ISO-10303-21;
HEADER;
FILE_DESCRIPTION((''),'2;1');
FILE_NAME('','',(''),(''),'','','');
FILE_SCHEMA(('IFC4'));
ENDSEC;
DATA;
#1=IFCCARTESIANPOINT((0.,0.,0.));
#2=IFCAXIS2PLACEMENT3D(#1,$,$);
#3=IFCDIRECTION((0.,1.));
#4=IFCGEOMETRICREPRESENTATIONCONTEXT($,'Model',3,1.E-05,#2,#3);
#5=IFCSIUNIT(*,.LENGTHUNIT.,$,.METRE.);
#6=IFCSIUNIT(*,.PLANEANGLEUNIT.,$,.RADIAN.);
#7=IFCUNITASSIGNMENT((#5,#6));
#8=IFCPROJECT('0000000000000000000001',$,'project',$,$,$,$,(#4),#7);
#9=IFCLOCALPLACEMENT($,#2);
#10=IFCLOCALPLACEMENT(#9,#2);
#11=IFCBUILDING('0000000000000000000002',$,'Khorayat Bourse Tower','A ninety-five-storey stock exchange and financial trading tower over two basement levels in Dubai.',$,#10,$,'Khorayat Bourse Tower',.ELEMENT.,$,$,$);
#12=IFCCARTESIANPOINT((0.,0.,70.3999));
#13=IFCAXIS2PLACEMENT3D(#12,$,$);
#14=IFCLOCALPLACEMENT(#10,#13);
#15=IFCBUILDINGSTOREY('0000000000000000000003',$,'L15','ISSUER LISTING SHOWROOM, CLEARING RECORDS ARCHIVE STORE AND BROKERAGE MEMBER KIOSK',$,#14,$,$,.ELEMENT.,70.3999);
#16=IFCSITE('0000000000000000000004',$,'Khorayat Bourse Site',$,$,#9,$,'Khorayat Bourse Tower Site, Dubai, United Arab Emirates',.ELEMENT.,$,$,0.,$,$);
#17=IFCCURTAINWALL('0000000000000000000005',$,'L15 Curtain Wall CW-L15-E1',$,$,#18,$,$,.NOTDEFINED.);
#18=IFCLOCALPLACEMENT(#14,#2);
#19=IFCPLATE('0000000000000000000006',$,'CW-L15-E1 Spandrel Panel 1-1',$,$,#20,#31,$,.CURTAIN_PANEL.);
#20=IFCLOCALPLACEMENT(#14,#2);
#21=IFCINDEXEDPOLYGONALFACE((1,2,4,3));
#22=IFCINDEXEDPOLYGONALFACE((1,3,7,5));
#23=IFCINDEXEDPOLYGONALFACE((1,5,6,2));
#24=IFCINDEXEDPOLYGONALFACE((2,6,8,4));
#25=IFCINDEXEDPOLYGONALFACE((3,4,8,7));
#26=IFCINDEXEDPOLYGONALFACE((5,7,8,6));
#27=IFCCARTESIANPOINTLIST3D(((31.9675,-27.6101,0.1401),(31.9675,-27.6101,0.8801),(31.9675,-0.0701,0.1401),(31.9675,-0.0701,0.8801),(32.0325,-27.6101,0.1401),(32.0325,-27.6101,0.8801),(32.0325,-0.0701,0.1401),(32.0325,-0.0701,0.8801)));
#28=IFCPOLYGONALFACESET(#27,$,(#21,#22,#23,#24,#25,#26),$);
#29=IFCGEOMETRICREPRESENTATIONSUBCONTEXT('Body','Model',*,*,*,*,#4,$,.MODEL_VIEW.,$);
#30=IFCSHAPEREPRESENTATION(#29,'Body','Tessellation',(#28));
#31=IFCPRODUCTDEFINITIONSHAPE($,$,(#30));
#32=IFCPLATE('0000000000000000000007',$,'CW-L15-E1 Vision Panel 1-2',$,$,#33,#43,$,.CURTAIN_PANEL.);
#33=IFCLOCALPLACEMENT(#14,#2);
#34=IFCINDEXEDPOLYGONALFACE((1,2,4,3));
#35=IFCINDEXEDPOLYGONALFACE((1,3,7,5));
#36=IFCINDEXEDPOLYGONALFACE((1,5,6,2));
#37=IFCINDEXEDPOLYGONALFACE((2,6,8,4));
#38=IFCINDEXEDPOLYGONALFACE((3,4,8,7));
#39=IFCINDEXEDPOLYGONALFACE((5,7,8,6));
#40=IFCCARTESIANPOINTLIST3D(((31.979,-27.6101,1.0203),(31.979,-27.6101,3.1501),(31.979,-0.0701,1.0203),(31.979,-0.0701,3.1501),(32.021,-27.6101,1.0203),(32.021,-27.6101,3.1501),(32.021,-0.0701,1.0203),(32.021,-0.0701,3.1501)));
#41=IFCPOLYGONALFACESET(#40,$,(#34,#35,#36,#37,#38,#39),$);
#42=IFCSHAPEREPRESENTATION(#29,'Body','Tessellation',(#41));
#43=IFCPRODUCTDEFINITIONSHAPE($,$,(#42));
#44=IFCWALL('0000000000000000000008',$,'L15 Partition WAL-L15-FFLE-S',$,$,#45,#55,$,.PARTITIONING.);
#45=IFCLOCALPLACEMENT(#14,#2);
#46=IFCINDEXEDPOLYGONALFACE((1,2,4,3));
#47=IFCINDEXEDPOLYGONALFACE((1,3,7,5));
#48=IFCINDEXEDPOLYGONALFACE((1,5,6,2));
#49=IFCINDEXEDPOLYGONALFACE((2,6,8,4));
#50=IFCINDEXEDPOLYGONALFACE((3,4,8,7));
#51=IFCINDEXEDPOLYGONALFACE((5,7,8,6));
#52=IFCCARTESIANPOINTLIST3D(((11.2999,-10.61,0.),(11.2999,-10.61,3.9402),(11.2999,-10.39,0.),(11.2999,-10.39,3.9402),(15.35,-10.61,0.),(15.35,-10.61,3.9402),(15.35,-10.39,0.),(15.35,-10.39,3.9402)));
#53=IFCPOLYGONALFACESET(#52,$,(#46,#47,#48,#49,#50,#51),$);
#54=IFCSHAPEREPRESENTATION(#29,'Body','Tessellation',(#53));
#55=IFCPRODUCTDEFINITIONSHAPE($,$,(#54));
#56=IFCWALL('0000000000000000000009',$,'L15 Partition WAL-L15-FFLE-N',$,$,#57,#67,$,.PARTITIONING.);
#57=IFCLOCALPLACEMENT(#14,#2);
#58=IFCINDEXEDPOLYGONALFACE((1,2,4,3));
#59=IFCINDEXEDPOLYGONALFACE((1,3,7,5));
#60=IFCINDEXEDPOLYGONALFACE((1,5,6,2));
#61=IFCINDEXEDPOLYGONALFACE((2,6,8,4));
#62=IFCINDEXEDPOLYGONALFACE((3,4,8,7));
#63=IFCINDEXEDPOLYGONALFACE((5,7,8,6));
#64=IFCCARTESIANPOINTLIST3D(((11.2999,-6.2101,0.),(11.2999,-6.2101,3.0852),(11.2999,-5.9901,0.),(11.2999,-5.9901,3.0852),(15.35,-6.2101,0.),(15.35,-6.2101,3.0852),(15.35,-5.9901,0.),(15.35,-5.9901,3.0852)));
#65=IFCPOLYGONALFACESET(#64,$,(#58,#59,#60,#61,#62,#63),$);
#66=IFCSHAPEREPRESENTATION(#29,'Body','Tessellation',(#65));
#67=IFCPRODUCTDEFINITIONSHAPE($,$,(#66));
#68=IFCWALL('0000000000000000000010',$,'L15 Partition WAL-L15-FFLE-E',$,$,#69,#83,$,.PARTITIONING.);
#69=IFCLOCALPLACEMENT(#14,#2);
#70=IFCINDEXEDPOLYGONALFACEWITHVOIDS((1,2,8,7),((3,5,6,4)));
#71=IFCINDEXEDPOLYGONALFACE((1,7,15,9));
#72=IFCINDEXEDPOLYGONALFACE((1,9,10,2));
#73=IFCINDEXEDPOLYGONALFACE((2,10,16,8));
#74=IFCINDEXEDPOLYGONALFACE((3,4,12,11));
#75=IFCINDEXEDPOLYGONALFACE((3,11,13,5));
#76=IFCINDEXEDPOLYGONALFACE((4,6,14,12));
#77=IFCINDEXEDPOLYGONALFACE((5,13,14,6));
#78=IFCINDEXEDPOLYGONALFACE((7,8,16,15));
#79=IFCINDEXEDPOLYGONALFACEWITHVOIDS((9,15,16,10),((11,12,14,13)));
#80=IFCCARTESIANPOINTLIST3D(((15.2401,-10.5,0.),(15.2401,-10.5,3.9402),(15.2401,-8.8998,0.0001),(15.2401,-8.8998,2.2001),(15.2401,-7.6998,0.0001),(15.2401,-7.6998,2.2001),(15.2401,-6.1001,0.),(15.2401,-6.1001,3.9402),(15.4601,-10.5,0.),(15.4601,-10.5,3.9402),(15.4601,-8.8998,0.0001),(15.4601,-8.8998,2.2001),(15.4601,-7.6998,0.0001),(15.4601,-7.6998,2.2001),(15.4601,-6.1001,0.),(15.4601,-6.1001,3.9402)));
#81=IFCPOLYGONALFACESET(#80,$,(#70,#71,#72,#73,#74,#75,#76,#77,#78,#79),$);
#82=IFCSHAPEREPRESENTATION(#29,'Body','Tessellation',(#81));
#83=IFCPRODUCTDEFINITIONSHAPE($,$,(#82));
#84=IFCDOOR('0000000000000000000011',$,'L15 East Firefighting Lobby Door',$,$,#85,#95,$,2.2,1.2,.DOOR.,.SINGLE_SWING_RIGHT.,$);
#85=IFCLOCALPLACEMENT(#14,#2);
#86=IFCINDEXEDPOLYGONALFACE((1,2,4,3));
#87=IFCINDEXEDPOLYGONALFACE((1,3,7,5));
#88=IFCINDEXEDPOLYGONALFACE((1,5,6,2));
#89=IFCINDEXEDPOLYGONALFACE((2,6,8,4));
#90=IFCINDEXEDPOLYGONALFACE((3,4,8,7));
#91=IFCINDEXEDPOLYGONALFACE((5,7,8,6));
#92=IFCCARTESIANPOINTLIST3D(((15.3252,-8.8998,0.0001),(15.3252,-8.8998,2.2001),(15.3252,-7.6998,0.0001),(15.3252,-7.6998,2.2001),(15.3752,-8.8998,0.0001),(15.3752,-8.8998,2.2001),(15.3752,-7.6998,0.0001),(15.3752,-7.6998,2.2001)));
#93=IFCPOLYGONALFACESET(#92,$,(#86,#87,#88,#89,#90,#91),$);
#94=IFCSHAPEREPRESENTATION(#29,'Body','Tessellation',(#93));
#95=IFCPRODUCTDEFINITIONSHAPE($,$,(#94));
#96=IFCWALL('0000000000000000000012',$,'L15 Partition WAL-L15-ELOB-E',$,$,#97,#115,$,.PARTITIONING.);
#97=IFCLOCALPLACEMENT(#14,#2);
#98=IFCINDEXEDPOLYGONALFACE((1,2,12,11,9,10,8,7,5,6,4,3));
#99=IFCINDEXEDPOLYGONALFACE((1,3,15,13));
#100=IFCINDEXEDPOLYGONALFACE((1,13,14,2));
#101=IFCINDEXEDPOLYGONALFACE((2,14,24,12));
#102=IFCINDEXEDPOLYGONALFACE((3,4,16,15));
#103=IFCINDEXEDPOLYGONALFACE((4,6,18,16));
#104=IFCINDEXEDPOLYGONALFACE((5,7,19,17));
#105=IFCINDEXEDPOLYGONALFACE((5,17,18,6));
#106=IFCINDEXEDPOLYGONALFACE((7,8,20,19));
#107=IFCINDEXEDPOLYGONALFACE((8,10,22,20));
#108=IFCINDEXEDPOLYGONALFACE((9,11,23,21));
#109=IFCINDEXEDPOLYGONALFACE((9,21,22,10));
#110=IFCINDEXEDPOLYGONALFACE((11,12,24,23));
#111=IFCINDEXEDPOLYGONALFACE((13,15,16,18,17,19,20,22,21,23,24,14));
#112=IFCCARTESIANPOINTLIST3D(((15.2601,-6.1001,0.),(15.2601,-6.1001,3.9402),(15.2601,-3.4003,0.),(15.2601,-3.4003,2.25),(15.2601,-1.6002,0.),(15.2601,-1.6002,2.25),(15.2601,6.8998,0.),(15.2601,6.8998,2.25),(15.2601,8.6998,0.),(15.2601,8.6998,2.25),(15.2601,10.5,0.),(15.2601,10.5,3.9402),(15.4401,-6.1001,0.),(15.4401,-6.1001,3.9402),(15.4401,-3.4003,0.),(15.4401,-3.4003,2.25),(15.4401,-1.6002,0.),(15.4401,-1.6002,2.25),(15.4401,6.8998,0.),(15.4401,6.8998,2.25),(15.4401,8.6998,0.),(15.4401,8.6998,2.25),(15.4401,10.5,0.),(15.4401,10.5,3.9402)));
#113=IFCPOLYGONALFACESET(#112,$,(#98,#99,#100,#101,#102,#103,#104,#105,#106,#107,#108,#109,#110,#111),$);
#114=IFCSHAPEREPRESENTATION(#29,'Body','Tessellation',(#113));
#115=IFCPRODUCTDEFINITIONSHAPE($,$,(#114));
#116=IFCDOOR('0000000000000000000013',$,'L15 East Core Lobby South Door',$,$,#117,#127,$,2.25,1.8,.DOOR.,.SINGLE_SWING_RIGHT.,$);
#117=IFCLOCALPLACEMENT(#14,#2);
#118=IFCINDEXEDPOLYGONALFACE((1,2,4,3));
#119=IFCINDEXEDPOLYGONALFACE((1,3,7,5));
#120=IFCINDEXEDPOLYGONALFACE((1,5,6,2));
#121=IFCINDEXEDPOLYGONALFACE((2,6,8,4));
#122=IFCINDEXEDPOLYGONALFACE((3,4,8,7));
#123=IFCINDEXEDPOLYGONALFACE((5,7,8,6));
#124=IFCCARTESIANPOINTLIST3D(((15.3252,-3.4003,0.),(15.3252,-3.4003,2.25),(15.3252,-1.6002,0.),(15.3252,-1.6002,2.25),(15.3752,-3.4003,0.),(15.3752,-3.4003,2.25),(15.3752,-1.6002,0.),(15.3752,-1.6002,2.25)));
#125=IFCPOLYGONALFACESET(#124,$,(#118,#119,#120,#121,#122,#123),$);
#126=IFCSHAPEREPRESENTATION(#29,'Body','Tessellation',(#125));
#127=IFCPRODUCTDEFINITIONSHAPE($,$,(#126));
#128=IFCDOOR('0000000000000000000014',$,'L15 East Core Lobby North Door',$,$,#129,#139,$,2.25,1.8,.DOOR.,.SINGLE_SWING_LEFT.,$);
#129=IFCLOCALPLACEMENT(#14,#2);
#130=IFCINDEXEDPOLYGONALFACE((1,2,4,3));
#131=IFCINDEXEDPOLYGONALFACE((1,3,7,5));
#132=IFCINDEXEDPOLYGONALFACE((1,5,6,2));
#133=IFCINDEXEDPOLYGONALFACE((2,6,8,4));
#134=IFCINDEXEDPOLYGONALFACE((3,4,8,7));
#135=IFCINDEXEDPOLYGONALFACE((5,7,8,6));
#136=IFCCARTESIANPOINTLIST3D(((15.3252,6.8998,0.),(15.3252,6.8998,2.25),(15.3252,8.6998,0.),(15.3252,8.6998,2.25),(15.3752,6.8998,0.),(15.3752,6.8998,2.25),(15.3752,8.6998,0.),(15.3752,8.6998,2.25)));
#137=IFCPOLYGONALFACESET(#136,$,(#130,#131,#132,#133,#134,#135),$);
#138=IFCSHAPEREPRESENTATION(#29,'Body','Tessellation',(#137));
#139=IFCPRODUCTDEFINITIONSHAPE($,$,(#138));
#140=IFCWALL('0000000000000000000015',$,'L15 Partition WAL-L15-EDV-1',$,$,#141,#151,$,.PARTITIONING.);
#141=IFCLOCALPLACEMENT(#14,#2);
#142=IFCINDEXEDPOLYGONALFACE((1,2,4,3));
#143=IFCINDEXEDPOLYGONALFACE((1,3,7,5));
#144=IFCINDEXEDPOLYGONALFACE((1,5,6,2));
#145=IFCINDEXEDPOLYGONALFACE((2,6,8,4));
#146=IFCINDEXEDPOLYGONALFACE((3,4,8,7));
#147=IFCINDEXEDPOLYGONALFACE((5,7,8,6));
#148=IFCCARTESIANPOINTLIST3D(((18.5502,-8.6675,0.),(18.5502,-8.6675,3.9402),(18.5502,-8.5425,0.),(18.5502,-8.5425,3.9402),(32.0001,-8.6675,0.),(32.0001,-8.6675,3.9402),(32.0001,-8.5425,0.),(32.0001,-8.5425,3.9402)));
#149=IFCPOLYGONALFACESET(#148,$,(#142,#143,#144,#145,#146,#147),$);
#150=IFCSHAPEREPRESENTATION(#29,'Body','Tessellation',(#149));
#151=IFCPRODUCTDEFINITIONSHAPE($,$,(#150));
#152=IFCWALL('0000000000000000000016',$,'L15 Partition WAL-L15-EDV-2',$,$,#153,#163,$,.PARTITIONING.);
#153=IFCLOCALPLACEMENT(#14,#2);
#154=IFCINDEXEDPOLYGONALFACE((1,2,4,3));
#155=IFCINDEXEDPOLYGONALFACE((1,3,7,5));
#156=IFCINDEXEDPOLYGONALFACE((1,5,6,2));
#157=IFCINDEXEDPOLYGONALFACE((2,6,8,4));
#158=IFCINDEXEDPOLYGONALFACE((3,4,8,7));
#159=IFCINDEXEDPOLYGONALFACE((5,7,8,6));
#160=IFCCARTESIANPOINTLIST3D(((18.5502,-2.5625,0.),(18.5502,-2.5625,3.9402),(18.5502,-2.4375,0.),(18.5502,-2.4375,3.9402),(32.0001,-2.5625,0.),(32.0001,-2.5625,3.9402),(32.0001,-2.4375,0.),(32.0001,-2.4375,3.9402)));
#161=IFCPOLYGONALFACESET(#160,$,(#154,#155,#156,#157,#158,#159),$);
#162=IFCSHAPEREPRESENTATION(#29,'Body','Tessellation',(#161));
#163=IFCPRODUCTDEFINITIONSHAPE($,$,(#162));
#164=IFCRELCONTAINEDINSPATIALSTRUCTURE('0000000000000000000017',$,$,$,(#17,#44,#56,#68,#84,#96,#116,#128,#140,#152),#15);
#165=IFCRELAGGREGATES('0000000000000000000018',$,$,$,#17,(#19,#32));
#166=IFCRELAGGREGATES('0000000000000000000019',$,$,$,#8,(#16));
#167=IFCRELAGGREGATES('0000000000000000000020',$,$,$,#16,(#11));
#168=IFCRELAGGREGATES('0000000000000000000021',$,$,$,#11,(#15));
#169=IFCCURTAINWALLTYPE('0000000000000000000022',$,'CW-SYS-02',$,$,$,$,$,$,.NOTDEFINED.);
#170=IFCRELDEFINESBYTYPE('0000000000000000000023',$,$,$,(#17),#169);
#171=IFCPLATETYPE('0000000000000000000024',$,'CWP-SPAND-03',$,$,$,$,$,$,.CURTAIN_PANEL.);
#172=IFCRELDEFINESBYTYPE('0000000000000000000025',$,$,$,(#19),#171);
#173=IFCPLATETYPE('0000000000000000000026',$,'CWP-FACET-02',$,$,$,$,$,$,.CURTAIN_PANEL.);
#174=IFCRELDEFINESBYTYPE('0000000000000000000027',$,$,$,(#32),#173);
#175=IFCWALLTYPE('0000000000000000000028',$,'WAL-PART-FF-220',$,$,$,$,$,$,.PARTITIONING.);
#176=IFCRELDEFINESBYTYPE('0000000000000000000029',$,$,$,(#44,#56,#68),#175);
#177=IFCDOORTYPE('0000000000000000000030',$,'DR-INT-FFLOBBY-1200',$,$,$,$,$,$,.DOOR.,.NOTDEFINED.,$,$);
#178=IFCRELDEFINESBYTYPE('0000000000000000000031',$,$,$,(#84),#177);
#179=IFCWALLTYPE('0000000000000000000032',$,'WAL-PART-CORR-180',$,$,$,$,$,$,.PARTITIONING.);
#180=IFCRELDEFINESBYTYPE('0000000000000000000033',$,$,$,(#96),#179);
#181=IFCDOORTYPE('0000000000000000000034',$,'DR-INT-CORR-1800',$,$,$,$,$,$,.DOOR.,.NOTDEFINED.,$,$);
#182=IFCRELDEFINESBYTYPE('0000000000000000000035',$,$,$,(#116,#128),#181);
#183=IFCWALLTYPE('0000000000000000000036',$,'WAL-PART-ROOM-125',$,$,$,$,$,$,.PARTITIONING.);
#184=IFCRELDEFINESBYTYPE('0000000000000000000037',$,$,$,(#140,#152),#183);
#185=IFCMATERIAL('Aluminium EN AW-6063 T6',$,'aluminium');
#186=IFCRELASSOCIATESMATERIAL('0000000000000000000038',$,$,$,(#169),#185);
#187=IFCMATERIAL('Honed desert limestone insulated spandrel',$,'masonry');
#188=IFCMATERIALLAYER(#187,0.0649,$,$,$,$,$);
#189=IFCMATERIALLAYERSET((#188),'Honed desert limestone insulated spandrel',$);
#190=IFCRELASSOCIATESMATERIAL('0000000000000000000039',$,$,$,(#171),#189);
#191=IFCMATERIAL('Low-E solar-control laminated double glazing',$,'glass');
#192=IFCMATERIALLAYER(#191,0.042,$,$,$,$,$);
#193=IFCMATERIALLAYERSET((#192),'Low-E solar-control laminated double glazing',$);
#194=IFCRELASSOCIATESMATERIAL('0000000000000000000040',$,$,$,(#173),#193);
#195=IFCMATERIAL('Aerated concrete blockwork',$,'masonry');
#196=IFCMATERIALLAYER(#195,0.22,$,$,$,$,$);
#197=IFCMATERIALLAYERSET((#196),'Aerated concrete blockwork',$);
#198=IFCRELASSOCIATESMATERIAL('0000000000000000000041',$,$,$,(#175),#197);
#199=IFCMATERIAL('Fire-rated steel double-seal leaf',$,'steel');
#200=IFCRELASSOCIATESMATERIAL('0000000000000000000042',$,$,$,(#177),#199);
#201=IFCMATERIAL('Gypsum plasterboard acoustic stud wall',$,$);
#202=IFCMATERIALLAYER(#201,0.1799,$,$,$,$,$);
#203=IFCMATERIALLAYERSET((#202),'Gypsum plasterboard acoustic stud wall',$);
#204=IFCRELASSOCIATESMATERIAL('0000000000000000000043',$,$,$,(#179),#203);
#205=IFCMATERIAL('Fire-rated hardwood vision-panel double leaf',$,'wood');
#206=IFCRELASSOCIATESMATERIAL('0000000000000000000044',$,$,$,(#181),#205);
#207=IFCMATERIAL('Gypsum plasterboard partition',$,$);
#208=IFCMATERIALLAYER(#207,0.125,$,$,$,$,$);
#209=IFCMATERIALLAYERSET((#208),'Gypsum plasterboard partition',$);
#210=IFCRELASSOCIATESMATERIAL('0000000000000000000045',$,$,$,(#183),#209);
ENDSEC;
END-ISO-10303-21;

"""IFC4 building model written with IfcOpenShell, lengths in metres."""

from ifc_helpers import new_model, si_unit, direction, frame, frame_2d, origin, origin_2d, place, context, subcontext, project, spatial, rectangle, extrude, source, transform, mapped, material, layer, layer_set, type_object, element, fill, aggregate, save


model = new_model("IFC4")

# Units and contexts
model_context = context("Model", 3, precision=1e-05, world=origin(), true_north=direction((0.0, 1.0)))
body_context = subcontext(model_context, "Body", "Model", "MODEL_VIEW")
ifc_project = project(units=[si_unit("LENGTHUNIT", "METRE"), si_unit("PLANEANGLEUNIT", "RADIAN")], contexts=[model_context])

# Site, building, storey
site_placement = place(None, origin())
site = spatial("IfcSite", under=ifc_project, at=site_placement, Name="Khorayat Bourse Site", LongName="Khorayat Bourse Tower Site, Dubai, United Arab Emirates", CompositionType="ELEMENT", RefElevation=0.0)
building_placement = place(site_placement, origin())
building = spatial("IfcBuilding", under=site, at=building_placement, Name="Khorayat Bourse Tower", Description="A ninety-five-storey stock exchange and financial trading tower over two basement levels in Dubai.", LongName="Khorayat Bourse Tower", CompositionType="ELEMENT")
storey_placement = place(building_placement, frame((0.0, 0.0, 70.3999)))
storey = spatial("IfcBuildingStorey", under=building, at=storey_placement, Name="L15", Description="ISSUER LISTING SHOWROOM, CLEARING RECORDS ARCHIVE STORE AND BROKERAGE MEMBER KIOSK", CompositionType="ELEMENT", Elevation=70.3999)

# Curtain wall
ifc_material_1 = material(Name="Aluminium EN AW-6063 T6", Category="aluminium")
curtain_wall_type = type_object("IfcCurtainWallType", Name="CW-SYS-02", PredefinedType="NOTDEFINED", material=ifc_material_1)
curtain_wall_placement = place(storey_placement, origin())
curtain_wall = element("IfcCurtainWall", 1, at=curtain_wall_placement, inside=storey, type_object=curtain_wall_type, Name="L15 Curtain Wall CW-L15-E1", PredefinedType="NOTDEFINED")

# Plates
ifc_material_2 = material(Name="Honed desert limestone insulated spandrel", Category="masonry")
ifc_layer_1 = layer(ifc_material_2, 0.0649)
ifc_layer_set_1 = layer_set([ifc_layer_1], Name="Honed desert limestone insulated spandrel")
plate_type_1 = type_object("IfcPlateType", Name="CWP-SPAND-03", PredefinedType="CURTAIN_PANEL", material=ifc_layer_set_1)
shared_shape_1 = source(origin(), body_context, "Body", "SweptSolid", [
    extrude(rectangle(XDim=27.54, YDim=0.0649, at=origin_2d()), origin(), (0.0, 0.0, 1.0), 0.74),
])
plate_1_placement = place(storey_placement, frame((32.0, -13.8401, 0.1401), z_axis=(0.0, 0.0, 1.0), x_axis=(0.0, 1.0, 0.0)))
plate_1 = element("IfcPlate", 2, at=plate_1_placement, type_object=plate_type_1, Name="CW-L15-E1 Spandrel Panel 1-1", PredefinedType="CURTAIN_PANEL", context=body_context, shape_type="MappedRepresentation", body=[
    mapped(shared_shape_1, transform((0.0, 0.0, 0.0), scale=1.0)),
])
ifc_material_3 = material(Name="Low-E solar-control laminated double glazing", Category="glass")
ifc_layer_2 = layer(ifc_material_3, 0.042)
ifc_layer_set_2 = layer_set([ifc_layer_2], Name="Low-E solar-control laminated double glazing")
plate_type_2 = type_object("IfcPlateType", Name="CWP-FACET-02", PredefinedType="CURTAIN_PANEL", material=ifc_layer_set_2)
shared_shape_2 = source(origin(), body_context, "Body", "SweptSolid", [
    extrude(rectangle(XDim=27.54, YDim=0.042, at=origin_2d()), origin(), (0.0, 0.0, 1.0), 2.1299),
])
plate_2_placement = place(storey_placement, frame((32.0, -13.8401, 1.0203), z_axis=(0.0, 0.0, 1.0), x_axis=(0.0, 1.0, 0.0)))
plate_2 = element("IfcPlate", 3, at=plate_2_placement, type_object=plate_type_2, Name="CW-L15-E1 Vision Panel 1-2", PredefinedType="CURTAIN_PANEL", context=body_context, shape_type="MappedRepresentation", body=[
    mapped(shared_shape_2, transform((0.0, 0.0, 0.0), scale=1.0)),
])
aggregate(curtain_wall, [plate_1, plate_2])

# Walls
ifc_material_4 = material(Name="Aerated concrete blockwork", Category="masonry")
ifc_layer_3 = layer(ifc_material_4, 0.22)
ifc_layer_set_3 = layer_set([ifc_layer_3], Name="Aerated concrete blockwork")
wall_type_1 = type_object("IfcWallType", Name="WAL-PART-FF-220", PredefinedType="PARTITIONING", material=ifc_layer_set_3)
shared_shape_3 = source(origin(), body_context, "Body", "SweptSolid", [
    extrude(rectangle(XDim=4.05, YDim=0.22, at=frame_2d((2.0249, 0.0))), origin(), (0.0, 0.0, 1.0), 3.9402),
])
wall_1_placement = place(storey_placement, frame((11.3, -10.5, 0.0), z_axis=(0.0, 0.0, 1.0), x_axis=(1.0, 0.0, 0.0)))
element("IfcWall", 4, at=wall_1_placement, inside=storey, type_object=wall_type_1, Name="L15 Partition WAL-L15-FFLE-S", PredefinedType="PARTITIONING", context=body_context, shape_type="MappedRepresentation", body=[
    mapped(shared_shape_3, transform((0.0, 0.0, 0.0), scale=1.0)),
])
shared_shape_4 = source(origin(), body_context, "Body", "SweptSolid", [
    extrude(rectangle(XDim=4.05, YDim=0.22, at=frame_2d((2.0249, 0.0))), origin(), (0.0, 0.0, 1.0), 3.0852),
])
wall_2_placement = place(storey_placement, frame((11.3, -6.1001, 0.0), z_axis=(0.0, 0.0, 1.0), x_axis=(1.0, 0.0, 0.0)))
element("IfcWall", 5, at=wall_2_placement, inside=storey, type_object=wall_type_1, Name="L15 Partition WAL-L15-FFLE-N", PredefinedType="PARTITIONING", context=body_context, shape_type="MappedRepresentation", body=[
    mapped(shared_shape_4, transform((0.0, 0.0, 0.0), scale=1.0)),
])

# Wall, opening, door
shared_shape_5 = source(origin(), body_context, "Body", "SweptSolid", [
    extrude(rectangle(XDim=4.3999, YDim=0.22, at=frame_2d((2.2, 0.0))), origin(), (0.0, 0.0, 1.0), 3.9402),
])
wall_3_placement = place(storey_placement, frame((15.3501, -10.5, 0.0), z_axis=(0.0, 0.0, 1.0), x_axis=(0.0, 1.0, 0.0)))
wall_3 = element("IfcWall", 6, at=wall_3_placement, inside=storey, type_object=wall_type_1, Name="L15 Partition WAL-L15-FFLE-E", PredefinedType="PARTITIONING", context=body_context, shape_type="MappedRepresentation", body=[
    mapped(shared_shape_5, transform((0.0, 0.0, 0.0), scale=1.0)),
])
shared_shape_6 = source(origin(), body_context, "Body", "SweptSolid", [
    extrude(rectangle(XDim=1.2, YDim=2.2, at=frame_2d((0.6001, 1.1001))), frame((0.0, 0.1199, 0.0), z_axis=(0.0, -1.0, 0.0), x_axis=(1.0, 0.0, 0.0)), (0.0, 0.0, 1.0), 0.24),
])
opening_1_placement = place(wall_3_placement, frame((1.6001, 0.0, 0.0)))
opening_1 = element("IfcOpeningElement", 7, at=opening_1_placement, cuts=wall_3, PredefinedType="OPENING", context=body_context, shape_type="MappedRepresentation", body=[
    mapped(shared_shape_6, transform((0.0, 0.0, 0.0), scale=1.0)),
])
ifc_material_5 = material(Name="Fire-rated steel double-seal leaf", Category="steel")
door_type_1 = type_object("IfcDoorType", Name="DR-INT-FFLOBBY-1200", OperationType="NOTDEFINED", PredefinedType="DOOR", material=ifc_material_5)
shared_shape_7 = source(origin(), body_context, "Body", "SweptSolid", [
    extrude(rectangle(XDim=1.2, YDim=2.2, at=frame_2d((0.6001, 1.1001))), frame((0.0, 0.0249, 0.0), z_axis=(0.0, -1.0, 0.0), x_axis=(1.0, 0.0, 0.0)), (0.0, 0.0, 1.0), 0.05),
])
door_1_placement = place(opening_1_placement, origin())
door_1 = element("IfcDoor", 8, at=door_1_placement, inside=storey, type_object=door_type_1, Name="L15 East Firefighting Lobby Door", OperationType="SINGLE_SWING_RIGHT", OverallHeight=2.2, OverallWidth=1.2, PredefinedType="DOOR", context=body_context, shape_type="MappedRepresentation", body=[
    mapped(shared_shape_7, transform((0.0, 0.0, 0.0), scale=1.0)),
])
fill(opening_1, door_1)

# Wall, openings, doors
ifc_material_6 = material(Name="Gypsum plasterboard acoustic stud wall")
ifc_layer_4 = layer(ifc_material_6, 0.1799)
ifc_layer_set_4 = layer_set([ifc_layer_4], Name="Gypsum plasterboard acoustic stud wall")
wall_type_2 = type_object("IfcWallType", Name="WAL-PART-CORR-180", PredefinedType="PARTITIONING", material=ifc_layer_set_4)
shared_shape_8 = source(origin(), body_context, "Body", "SweptSolid", [
    extrude(rectangle(XDim=16.6001, YDim=0.1799, at=frame_2d((8.3, 0.0))), origin(), (0.0, 0.0, 1.0), 3.9402),
])
wall_4_placement = place(storey_placement, frame((15.3501, -6.1001, 0.0), z_axis=(0.0, 0.0, 1.0), x_axis=(0.0, 1.0, 0.0)))
wall_4 = element("IfcWall", 9, at=wall_4_placement, inside=storey, type_object=wall_type_2, Name="L15 Partition WAL-L15-ELOB-E", PredefinedType="PARTITIONING", context=body_context, shape_type="MappedRepresentation", body=[
    mapped(shared_shape_8, transform((0.0, 0.0, 0.0), scale=1.0)),
])
shared_shape_9 = source(origin(), body_context, "Body", "SweptSolid", [
    extrude(rectangle(XDim=1.8, YDim=2.25, at=frame_2d((0.8999, 1.125))), frame((0.0, 0.0999, 0.0), z_axis=(0.0, -1.0, 0.0), x_axis=(1.0, 0.0, 0.0)), (0.0, 0.0, 1.0), 0.2),
])
opening_2_placement = place(wall_4_placement, frame((2.7, 0.0, 0.0)))
opening_2 = element("IfcOpeningElement", 10, at=opening_2_placement, cuts=wall_4, PredefinedType="OPENING", context=body_context, shape_type="MappedRepresentation", body=[
    mapped(shared_shape_9, transform((0.0, 0.0, 0.0), scale=1.0)),
])
opening_3_placement = place(wall_4_placement, frame((13.0, 0.0, 0.0)))
opening_3 = element("IfcOpeningElement", 11, at=opening_3_placement, cuts=wall_4, PredefinedType="OPENING", context=body_context, shape_type="MappedRepresentation", body=[
    mapped(shared_shape_9, transform((0.0, 0.0, 0.0), scale=1.0)),
])
ifc_material_7 = material(Name="Fire-rated hardwood vision-panel double leaf", Category="wood")
door_type_2 = type_object("IfcDoorType", Name="DR-INT-CORR-1800", OperationType="NOTDEFINED", PredefinedType="DOOR", material=ifc_material_7)
shared_shape_10 = source(origin(), body_context, "Body", "SweptSolid", [
    extrude(rectangle(XDim=1.8, YDim=2.25, at=frame_2d((0.8999, 1.125))), frame((0.0, 0.0249, 0.0), z_axis=(0.0, -1.0, 0.0), x_axis=(1.0, 0.0, 0.0)), (0.0, 0.0, 1.0), 0.05),
])
door_2_placement = place(opening_2_placement, origin())
door_2 = element("IfcDoor", 12, at=door_2_placement, inside=storey, type_object=door_type_2, Name="L15 East Core Lobby South Door", OperationType="SINGLE_SWING_RIGHT", OverallHeight=2.25, OverallWidth=1.8, PredefinedType="DOOR", context=body_context, shape_type="MappedRepresentation", body=[
    mapped(shared_shape_10, transform((0.0, 0.0, 0.0), scale=1.0)),
])
fill(opening_2, door_2)
door_3_placement = place(opening_3_placement, origin())
door_3 = element("IfcDoor", 13, at=door_3_placement, inside=storey, type_object=door_type_2, Name="L15 East Core Lobby North Door", OperationType="SINGLE_SWING_LEFT", OverallHeight=2.25, OverallWidth=1.8, PredefinedType="DOOR", context=body_context, shape_type="MappedRepresentation", body=[
    mapped(shared_shape_10, transform((0.0, 0.0, 0.0), scale=1.0)),
])
fill(opening_3, door_3)

# Walls
ifc_material_8 = material(Name="Gypsum plasterboard partition")
ifc_layer_5 = layer(ifc_material_8, 0.125)
ifc_layer_set_5 = layer_set([ifc_layer_5], Name="Gypsum plasterboard partition")
wall_type_3 = type_object("IfcWallType", Name="WAL-PART-ROOM-125", PredefinedType="PARTITIONING", material=ifc_layer_set_5)
shared_shape_11 = source(origin(), body_context, "Body", "SweptSolid", [
    extrude(rectangle(XDim=13.45, YDim=0.125, at=frame_2d((6.7251, 0.0))), origin(), (0.0, 0.0, 1.0), 3.9402),
])
for number, where, z_axis, x_axis, name in (
    (14, (18.55, -8.605, 0.0), (0.0, 0.0, 1.0), (1.0, 0.0, 0.0), "L15 Partition WAL-L15-EDV-1"),
    (15, (18.55, -2.5, 0.0), (0.0, 0.0, 1.0), (1.0, 0.0, 0.0), "L15 Partition WAL-L15-EDV-2"),
):
    element("IfcWall", number, at=place(storey_placement, frame(where, z_axis=z_axis, x_axis=x_axis)), inside=storey, type_object=wall_type_3, Name=name, PredefinedType="PARTITIONING", context=body_context, shape_type="MappedRepresentation", body=[
        mapped(shared_shape_11, transform((0.0, 0.0, 0.0), scale=1.0)),
    ])

save(model, "model.ifc")
